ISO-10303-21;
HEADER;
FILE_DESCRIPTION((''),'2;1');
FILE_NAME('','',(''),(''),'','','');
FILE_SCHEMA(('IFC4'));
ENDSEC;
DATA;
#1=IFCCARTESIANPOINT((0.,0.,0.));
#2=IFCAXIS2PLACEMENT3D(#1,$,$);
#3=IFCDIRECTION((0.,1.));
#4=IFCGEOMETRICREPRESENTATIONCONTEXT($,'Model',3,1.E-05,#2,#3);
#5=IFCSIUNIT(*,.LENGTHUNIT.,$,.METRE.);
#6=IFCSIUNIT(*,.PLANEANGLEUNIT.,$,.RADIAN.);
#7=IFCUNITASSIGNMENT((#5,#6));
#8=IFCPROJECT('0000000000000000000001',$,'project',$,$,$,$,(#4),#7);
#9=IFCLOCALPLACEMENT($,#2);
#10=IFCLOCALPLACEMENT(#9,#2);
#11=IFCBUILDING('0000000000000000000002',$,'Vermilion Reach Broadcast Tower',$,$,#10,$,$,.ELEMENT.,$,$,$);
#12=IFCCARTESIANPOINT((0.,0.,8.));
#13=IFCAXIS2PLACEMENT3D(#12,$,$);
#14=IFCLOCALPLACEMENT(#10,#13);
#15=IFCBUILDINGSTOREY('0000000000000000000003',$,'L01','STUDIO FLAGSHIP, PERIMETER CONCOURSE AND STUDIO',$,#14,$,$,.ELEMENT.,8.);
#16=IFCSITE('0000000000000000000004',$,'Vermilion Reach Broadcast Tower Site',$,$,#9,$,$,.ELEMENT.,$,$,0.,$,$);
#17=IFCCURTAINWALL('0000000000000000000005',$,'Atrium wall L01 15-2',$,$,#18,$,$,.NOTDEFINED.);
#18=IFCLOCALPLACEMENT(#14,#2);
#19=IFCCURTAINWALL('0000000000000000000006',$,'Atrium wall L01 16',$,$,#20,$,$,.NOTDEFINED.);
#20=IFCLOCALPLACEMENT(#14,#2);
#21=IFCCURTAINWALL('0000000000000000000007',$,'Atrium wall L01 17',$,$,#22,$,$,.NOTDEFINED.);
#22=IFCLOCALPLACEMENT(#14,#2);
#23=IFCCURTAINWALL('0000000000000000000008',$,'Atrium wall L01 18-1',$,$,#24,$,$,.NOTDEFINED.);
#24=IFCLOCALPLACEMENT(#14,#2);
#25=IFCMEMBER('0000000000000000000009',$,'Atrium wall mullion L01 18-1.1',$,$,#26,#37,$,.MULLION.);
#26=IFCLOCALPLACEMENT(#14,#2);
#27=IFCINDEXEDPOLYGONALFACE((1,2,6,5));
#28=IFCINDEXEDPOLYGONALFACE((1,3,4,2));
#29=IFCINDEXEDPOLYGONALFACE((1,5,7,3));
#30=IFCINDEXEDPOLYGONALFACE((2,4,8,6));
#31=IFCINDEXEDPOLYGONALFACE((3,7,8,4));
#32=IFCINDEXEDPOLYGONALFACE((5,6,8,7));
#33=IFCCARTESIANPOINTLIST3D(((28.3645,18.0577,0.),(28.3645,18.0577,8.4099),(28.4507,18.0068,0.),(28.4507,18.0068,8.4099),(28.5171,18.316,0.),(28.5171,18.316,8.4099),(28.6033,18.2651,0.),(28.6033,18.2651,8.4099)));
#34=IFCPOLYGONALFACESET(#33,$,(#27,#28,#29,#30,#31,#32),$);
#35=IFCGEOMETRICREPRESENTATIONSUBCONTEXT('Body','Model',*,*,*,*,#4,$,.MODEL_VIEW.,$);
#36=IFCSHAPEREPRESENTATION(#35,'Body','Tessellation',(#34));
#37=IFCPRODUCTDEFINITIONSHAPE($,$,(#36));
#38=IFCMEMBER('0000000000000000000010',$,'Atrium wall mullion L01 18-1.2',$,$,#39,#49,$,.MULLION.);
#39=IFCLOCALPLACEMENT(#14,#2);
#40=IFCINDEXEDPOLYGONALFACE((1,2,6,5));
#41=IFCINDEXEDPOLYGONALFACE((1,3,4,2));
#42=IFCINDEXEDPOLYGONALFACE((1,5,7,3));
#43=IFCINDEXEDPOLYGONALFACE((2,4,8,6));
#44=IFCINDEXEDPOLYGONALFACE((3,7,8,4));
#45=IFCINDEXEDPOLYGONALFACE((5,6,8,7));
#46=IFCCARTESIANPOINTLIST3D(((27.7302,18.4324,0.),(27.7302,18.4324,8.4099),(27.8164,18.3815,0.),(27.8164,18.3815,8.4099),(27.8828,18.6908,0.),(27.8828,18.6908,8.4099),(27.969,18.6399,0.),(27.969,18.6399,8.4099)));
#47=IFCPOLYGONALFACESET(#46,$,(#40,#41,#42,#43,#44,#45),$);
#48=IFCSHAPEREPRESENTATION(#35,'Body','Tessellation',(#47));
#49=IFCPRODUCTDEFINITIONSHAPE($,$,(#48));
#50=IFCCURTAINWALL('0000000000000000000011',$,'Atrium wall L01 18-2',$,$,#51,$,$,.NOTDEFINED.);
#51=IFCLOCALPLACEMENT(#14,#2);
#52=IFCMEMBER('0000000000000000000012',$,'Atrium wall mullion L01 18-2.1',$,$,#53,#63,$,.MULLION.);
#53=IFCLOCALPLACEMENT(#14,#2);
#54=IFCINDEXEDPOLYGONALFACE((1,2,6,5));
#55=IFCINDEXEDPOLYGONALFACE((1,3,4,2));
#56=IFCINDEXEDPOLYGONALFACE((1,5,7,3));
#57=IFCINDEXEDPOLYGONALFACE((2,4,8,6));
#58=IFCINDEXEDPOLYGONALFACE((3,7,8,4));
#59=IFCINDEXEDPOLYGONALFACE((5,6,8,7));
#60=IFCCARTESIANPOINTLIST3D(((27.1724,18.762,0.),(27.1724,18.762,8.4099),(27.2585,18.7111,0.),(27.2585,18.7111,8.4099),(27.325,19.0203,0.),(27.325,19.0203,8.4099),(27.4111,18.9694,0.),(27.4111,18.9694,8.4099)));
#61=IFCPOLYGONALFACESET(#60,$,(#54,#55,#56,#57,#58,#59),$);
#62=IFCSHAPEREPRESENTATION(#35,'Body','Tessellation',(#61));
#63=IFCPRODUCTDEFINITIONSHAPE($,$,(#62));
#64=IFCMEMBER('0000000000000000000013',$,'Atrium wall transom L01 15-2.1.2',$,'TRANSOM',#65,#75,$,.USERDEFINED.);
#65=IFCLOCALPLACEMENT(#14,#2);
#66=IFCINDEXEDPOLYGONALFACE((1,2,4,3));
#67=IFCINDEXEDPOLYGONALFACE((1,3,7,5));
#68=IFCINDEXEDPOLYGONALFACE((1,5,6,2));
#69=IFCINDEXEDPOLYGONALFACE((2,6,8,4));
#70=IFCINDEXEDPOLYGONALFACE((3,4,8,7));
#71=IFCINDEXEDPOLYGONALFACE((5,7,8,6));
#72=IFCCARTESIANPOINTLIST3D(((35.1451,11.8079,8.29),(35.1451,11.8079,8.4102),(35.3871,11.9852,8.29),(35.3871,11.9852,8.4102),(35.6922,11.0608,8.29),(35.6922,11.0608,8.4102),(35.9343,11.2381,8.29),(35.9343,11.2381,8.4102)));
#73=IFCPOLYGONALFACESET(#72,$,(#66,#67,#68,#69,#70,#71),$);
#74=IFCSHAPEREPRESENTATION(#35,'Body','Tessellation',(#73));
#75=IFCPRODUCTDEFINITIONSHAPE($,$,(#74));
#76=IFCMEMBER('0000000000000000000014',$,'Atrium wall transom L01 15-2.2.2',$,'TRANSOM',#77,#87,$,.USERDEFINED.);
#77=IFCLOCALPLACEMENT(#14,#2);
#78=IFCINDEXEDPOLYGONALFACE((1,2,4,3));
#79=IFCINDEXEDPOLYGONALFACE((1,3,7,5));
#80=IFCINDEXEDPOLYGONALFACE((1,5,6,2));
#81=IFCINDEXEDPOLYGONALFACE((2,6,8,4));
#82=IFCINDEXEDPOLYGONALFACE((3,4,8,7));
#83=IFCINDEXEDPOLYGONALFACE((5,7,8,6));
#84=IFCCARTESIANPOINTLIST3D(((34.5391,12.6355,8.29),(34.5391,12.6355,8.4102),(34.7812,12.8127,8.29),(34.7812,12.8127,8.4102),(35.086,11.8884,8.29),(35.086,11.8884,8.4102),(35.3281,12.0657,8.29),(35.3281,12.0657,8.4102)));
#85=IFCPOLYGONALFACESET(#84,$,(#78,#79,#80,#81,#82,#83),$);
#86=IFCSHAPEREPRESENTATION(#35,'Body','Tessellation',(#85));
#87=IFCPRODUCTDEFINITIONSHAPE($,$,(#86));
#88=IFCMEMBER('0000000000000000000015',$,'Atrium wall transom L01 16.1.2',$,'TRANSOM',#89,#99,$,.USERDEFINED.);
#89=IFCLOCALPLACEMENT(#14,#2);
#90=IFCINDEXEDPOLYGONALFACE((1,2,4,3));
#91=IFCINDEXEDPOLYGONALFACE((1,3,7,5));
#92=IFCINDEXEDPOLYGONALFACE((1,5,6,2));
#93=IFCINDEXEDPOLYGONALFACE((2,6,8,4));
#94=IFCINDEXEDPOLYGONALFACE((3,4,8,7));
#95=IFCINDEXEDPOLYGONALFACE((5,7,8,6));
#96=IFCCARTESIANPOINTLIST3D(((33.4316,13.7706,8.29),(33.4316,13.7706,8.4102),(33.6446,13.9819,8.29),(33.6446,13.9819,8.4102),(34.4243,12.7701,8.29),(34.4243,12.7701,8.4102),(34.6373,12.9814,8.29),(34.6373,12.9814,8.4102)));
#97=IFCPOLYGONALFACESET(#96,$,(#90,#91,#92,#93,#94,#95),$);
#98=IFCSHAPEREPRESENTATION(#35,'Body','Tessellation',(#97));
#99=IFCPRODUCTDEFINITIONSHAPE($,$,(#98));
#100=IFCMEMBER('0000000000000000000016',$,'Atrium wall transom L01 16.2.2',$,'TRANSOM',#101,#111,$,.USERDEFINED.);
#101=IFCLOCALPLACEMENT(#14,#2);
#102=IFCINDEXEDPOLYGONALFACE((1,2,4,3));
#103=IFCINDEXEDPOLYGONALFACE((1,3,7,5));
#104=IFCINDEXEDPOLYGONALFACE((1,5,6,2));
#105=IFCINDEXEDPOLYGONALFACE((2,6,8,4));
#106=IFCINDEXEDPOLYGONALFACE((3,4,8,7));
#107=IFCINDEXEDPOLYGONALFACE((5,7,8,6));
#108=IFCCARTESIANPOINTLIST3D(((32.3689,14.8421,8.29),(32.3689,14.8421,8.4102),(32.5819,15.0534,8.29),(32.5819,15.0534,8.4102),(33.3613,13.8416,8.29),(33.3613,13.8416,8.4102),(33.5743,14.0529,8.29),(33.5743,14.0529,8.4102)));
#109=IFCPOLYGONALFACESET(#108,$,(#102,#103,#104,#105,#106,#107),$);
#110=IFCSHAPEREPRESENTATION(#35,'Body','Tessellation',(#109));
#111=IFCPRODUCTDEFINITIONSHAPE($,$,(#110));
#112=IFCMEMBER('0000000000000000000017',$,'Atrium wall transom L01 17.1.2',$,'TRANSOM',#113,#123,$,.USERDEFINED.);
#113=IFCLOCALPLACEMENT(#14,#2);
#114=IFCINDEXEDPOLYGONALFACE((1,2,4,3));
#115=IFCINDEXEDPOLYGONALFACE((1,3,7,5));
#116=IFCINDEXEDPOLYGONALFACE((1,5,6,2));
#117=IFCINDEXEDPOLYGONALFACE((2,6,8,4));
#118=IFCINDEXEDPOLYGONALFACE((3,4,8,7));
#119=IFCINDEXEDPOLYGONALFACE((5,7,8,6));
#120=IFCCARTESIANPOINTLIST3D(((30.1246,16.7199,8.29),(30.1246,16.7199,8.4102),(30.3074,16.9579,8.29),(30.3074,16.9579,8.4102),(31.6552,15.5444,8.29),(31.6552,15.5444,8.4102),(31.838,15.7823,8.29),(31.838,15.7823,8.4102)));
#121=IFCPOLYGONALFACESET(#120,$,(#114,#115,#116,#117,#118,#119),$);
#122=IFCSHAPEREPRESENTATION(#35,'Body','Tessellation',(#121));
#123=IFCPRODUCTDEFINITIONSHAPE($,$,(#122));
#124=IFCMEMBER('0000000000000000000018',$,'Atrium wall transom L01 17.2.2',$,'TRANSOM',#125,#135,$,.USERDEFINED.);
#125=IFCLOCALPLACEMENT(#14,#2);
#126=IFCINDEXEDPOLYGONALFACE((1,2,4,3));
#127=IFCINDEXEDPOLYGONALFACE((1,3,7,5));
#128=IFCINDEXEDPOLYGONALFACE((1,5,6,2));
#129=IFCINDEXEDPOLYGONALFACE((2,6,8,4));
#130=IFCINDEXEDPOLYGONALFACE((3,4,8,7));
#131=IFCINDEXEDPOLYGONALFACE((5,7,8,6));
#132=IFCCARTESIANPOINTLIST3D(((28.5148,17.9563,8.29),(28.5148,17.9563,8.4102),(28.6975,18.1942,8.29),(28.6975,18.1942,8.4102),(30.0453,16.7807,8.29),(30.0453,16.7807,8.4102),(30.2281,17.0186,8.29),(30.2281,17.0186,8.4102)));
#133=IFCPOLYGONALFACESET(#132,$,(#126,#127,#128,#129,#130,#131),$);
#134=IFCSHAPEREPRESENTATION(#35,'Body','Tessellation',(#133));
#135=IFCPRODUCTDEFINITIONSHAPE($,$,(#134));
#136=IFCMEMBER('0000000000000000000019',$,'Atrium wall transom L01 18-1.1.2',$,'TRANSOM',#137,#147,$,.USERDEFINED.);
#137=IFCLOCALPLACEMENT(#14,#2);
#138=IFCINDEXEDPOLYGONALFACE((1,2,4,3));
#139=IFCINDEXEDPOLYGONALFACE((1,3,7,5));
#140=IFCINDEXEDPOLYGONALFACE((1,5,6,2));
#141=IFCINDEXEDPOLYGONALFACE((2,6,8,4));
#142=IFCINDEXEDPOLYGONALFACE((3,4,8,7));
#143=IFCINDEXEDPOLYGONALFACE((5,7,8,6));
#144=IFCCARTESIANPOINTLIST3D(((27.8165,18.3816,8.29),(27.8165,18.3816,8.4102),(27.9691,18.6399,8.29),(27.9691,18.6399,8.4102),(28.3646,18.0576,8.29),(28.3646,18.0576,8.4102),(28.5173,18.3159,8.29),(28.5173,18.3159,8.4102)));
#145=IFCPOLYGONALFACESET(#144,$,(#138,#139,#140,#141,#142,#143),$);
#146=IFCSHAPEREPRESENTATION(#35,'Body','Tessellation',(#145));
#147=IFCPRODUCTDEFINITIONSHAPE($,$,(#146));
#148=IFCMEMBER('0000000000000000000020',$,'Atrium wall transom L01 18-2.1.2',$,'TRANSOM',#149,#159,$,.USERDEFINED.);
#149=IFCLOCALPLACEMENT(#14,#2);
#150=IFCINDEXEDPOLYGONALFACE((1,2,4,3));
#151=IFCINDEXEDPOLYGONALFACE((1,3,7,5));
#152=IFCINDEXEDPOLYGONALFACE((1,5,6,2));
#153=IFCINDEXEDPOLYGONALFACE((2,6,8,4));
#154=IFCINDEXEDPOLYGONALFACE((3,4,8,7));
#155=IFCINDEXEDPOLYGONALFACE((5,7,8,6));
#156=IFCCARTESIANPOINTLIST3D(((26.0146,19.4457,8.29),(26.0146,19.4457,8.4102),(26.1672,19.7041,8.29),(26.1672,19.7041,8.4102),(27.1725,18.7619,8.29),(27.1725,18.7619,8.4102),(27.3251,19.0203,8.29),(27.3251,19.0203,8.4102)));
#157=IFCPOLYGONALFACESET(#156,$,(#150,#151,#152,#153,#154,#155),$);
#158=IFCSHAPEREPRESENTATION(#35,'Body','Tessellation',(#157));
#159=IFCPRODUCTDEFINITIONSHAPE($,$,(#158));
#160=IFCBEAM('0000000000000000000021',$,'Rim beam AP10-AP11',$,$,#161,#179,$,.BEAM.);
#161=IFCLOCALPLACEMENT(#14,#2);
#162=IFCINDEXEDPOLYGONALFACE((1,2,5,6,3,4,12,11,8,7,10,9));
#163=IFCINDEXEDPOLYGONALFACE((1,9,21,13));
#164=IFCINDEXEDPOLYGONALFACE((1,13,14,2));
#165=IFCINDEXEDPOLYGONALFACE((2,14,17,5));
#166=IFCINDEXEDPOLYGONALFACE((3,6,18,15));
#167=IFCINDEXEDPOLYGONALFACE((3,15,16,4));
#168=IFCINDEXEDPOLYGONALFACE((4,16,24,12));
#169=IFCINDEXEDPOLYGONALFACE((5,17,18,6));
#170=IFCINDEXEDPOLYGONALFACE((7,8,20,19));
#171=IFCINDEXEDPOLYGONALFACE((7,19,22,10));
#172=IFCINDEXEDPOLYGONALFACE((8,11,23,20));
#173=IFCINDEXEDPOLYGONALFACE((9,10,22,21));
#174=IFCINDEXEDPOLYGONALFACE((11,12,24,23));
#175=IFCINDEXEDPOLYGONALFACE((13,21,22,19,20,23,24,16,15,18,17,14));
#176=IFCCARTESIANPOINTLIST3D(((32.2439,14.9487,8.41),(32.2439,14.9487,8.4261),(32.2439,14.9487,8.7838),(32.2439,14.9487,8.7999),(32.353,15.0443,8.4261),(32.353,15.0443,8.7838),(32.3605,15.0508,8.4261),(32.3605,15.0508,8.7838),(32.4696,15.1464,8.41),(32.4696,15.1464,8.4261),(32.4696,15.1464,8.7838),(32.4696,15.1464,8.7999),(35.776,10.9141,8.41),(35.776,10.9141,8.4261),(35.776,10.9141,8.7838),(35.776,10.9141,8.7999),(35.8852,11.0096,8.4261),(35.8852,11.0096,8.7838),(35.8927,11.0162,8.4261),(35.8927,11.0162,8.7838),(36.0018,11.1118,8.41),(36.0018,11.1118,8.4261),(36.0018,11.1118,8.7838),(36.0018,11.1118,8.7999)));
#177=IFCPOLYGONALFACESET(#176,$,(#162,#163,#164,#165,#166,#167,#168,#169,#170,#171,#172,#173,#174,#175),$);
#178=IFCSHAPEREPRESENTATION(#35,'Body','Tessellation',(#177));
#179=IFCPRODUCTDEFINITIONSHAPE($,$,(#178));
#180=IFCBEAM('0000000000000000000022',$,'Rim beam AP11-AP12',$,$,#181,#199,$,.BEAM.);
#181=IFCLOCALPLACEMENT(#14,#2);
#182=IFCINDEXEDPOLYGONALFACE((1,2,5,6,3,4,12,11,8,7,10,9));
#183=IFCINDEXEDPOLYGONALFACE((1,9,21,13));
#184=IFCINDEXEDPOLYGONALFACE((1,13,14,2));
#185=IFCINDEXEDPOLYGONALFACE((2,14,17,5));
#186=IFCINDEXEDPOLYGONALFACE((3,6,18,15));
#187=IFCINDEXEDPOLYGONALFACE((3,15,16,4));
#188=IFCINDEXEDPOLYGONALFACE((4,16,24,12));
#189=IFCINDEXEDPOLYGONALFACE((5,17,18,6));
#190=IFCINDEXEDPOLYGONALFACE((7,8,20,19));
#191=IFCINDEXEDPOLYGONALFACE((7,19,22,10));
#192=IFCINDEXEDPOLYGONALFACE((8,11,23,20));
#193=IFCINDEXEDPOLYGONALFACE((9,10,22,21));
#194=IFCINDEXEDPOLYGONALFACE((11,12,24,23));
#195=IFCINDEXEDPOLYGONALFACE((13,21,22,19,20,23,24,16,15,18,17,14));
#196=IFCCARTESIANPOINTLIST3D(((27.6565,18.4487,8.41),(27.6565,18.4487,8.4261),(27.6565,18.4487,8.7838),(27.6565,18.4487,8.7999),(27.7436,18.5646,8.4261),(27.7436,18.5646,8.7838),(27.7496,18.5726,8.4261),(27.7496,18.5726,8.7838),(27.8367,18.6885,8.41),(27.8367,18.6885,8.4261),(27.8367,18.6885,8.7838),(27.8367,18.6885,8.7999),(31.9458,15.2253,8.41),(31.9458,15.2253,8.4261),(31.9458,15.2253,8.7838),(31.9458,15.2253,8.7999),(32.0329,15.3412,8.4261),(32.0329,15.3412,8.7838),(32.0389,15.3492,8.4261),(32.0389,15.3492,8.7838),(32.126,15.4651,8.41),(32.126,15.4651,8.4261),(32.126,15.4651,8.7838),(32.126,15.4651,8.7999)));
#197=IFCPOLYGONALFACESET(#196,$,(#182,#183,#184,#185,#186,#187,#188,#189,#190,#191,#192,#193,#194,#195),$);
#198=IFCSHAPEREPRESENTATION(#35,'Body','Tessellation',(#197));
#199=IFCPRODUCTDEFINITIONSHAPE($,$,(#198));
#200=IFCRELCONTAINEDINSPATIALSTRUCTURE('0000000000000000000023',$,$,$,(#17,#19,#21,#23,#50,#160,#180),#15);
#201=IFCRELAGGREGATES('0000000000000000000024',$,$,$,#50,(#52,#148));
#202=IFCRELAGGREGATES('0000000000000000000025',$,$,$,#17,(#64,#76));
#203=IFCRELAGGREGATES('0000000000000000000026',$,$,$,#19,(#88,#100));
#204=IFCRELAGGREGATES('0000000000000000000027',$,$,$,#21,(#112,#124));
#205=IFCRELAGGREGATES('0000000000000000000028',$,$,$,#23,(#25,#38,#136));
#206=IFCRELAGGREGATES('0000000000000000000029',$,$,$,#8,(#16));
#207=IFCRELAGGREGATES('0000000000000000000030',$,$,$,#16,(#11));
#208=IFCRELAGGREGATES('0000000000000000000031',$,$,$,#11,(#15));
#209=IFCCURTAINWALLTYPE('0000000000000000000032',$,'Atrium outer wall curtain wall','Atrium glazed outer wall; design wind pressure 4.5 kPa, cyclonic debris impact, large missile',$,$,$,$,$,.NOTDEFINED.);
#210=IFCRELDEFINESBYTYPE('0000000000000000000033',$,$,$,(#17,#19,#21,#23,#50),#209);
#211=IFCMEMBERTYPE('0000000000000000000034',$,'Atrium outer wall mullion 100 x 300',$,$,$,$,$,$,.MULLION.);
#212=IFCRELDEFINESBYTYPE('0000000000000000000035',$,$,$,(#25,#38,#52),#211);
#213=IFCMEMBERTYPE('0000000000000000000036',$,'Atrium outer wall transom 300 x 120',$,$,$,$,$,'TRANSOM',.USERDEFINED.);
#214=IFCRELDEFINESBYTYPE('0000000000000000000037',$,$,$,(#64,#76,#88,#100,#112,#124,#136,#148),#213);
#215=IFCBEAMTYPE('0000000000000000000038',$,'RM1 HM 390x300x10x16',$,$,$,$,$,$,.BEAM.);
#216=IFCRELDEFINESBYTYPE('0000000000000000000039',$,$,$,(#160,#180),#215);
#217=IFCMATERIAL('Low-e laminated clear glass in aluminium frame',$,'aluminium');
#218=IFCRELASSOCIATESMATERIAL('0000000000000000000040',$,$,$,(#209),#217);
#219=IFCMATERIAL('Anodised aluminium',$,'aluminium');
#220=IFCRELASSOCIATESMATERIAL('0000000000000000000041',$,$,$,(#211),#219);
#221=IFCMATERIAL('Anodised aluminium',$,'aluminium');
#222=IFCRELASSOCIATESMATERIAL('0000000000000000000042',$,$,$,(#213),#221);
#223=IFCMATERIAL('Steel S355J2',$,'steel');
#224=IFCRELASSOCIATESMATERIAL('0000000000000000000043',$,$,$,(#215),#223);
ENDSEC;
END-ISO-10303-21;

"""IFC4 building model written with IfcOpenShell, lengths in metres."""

from ifc_helpers import new_model, si_unit, direction, frame, origin, origin_2d, place, context, subcontext, project, spatial, rectangle, i_section, extrude, material, material_profile, profile_set, type_object, element, aggregate, save


model = new_model("IFC4")

# Units and contexts
model_context = context("Model", 3, precision=1e-05, world=origin(), true_north=direction((0.0, 1.0)))
body_context = subcontext(model_context, "Body", "Model", "MODEL_VIEW")
ifc_project = project(units=[si_unit("LENGTHUNIT", "METRE"), si_unit("PLANEANGLEUNIT", "RADIAN")], contexts=[model_context])

# Site, building, storey
site_placement = place(None, origin())
site = spatial("IfcSite", under=ifc_project, at=site_placement, Name="Vermilion Reach Broadcast Tower Site", CompositionType="ELEMENT", RefElevation=0.0)
building_placement = place(site_placement, origin())
building = spatial("IfcBuilding", under=site, at=building_placement, Name="Vermilion Reach Broadcast Tower", CompositionType="ELEMENT")
storey_placement = place(building_placement, frame((0.0, 0.0, 8.0)))
storey = spatial("IfcBuildingStorey", under=building, at=storey_placement, Name="L01", Description="STUDIO FLAGSHIP, PERIMETER CONCOURSE AND STUDIO", CompositionType="ELEMENT", Elevation=8.0)

# Shared definitions
ifc_material_1 = material(Name="Low-e laminated clear glass in aluminium frame", Category="aluminium")
curtain_wall_type = type_object("IfcCurtainWallType", Name="Atrium outer wall curtain wall", Description="Atrium glazed outer wall; design wind pressure 4.5 kPa, cyclonic debris impact, large missile", PredefinedType="NOTDEFINED", material=ifc_material_1)
placement = place(storey_placement, origin())
ifc_material_2 = material(Name="Anodised aluminium", Category="aluminium")
ifc_material_profile_1 = material_profile(ifc_material_2, rectangle(XDim=0.3, YDim=0.1001, at=origin_2d()), Name="Atrium outer wall mullion 100 x 300")
ifc_profile_set_1 = profile_set([ifc_material_profile_1], Name="Anodised aluminium")
member_type_1 = type_object("IfcMemberType", Name="Atrium outer wall mullion 100 x 300", PredefinedType="MULLION", material=ifc_profile_set_1)

# Curtain walls, members
curtain_wall_1 = element("IfcCurtainWall", 1, at=placement, inside=storey, type_object=curtain_wall_type, Name="Atrium wall L01 15-2", PredefinedType="NOTDEFINED")
curtain_wall_2 = element("IfcCurtainWall", 2, at=placement, inside=storey, type_object=curtain_wall_type, Name="Atrium wall L01 16", PredefinedType="NOTDEFINED")
curtain_wall_3 = element("IfcCurtainWall", 3, at=placement, inside=storey, type_object=curtain_wall_type, Name="Atrium wall L01 17", PredefinedType="NOTDEFINED")
curtain_wall_4 = element("IfcCurtainWall", 4, at=placement, inside=storey, type_object=curtain_wall_type, Name="Atrium wall L01 18-1", PredefinedType="NOTDEFINED")
member_1_placement = place(storey_placement, frame((28.4839, 18.1614, 0.0), z_axis=(0.0, 0.0, 1.0), x_axis=(-0.50859, -0.861009, 0.0)))
member_1 = element("IfcMember", 5, at=member_1_placement, type_object=member_type_1, Name="Atrium wall mullion L01 18-1.1", PredefinedType="MULLION", context=body_context, shape_type="SweptSolid", body=[
    extrude(rectangle(XDim=0.3, YDim=0.1001, at=origin_2d()), origin(), (0.0, 0.0, 1.0), 8.4099),
])
member_2_placement = place(storey_placement, frame((27.8496, 18.5361, 0.0), z_axis=(0.0, 0.0, 1.0), x_axis=(-0.50859, -0.861009, 0.0)))
member_2 = element("IfcMember", 6, at=member_2_placement, type_object=member_type_1, Name="Atrium wall mullion L01 18-1.2", PredefinedType="MULLION", context=body_context, shape_type="SweptSolid", body=[
    extrude(rectangle(XDim=0.3, YDim=0.1001, at=origin_2d()), origin(), (0.0, 0.0, 1.0), 8.4099),
])

# Curtain wall, member
curtain_wall_5 = element("IfcCurtainWall", 7, at=placement, inside=storey, type_object=curtain_wall_type, Name="Atrium wall L01 18-2", PredefinedType="NOTDEFINED")
member_3_placement = place(storey_placement, frame((27.2917, 18.8657, 0.0), z_axis=(0.0, 0.0, 1.0), x_axis=(-0.50859, -0.861009, 0.0)))
member_3 = element("IfcMember", 8, at=member_3_placement, type_object=member_type_1, Name="Atrium wall mullion L01 18-2.1", PredefinedType="MULLION", context=body_context, shape_type="SweptSolid", body=[
    extrude(rectangle(XDim=0.3, YDim=0.1001, at=origin_2d()), origin(), (0.0, 0.0, 1.0), 8.4099),
])

# Members
ifc_material_3 = material(Name="Anodised aluminium", Category="aluminium")
ifc_material_profile_2 = material_profile(ifc_material_3, rectangle(XDim=0.3, YDim=0.1201, at=origin_2d()), Name="Atrium outer wall transom 300 x 120")
ifc_profile_set_2 = profile_set([ifc_material_profile_2], Name="Anodised aluminium")
member_type_2 = type_object("IfcMemberType", Name="Atrium outer wall transom 300 x 120", ElementType="TRANSOM", PredefinedType="USERDEFINED", material=ifc_profile_set_2)
member_4_placement = place(storey_placement, frame((35.8132, 11.1494, 8.3501), z_axis=(-0.590849, 0.806782, 0.0), x_axis=(-0.806782, -0.590849, 0.0)))
member_4 = element("IfcMember", 9, at=member_4_placement, type_object=member_type_2, Name="Atrium wall transom L01 15-2.1.2", ObjectType="TRANSOM", PredefinedType="USERDEFINED", context=body_context, shape_type="SweptSolid", body=[
    extrude(rectangle(XDim=0.3, YDim=0.1201, at=origin_2d()), origin(), (0.0, 0.0, 1.0), 0.926),
])
member_5_placement = place(storey_placement, frame((35.207, 11.9771, 8.3501), z_axis=(-0.590678, 0.806908, 0.0), x_axis=(-0.806908, -0.590678, 0.0)))
member_5 = element("IfcMember", 10, at=member_5_placement, type_object=member_type_2, Name="Atrium wall transom L01 15-2.2.2", ObjectType="TRANSOM", PredefinedType="USERDEFINED", context=body_context, shape_type="SweptSolid", body=[
    extrude(rectangle(XDim=0.3, YDim=0.1201, at=origin_2d()), origin(), (0.0, 0.0, 1.0), 0.9258),
])
member_6_placement = place(storey_placement, frame((34.5308, 12.8757, 8.3501), z_axis=(-0.70433, 0.709873, 0.0), x_axis=(-0.709873, -0.70433, 0.0)))
member_6 = element("IfcMember", 11, at=member_6_placement, type_object=member_type_2, Name="Atrium wall transom L01 16.1.2", ObjectType="TRANSOM", PredefinedType="USERDEFINED", context=body_context, shape_type="SweptSolid", body=[
    extrude(rectangle(XDim=0.3, YDim=0.1201, at=origin_2d()), origin(), (0.0, 0.0, 1.0), 1.4094),
])
member_7_placement = place(storey_placement, frame((33.4678, 13.9473, 8.3501), z_axis=(-0.704242, 0.70996, 0.0), x_axis=(-0.70996, -0.704242, 0.0)))
member_7 = element("IfcMember", 12, at=member_7_placement, type_object=member_type_2, Name="Atrium wall transom L01 16.2.2", ObjectType="TRANSOM", PredefinedType="USERDEFINED", context=body_context, shape_type="SweptSolid", body=[
    extrude(rectangle(XDim=0.3, YDim=0.1201, at=origin_2d()), origin(), (0.0, 0.0, 1.0), 1.4092),
])
member_8_placement = place(storey_placement, frame((31.7466, 15.6633, 8.3501), z_axis=(-0.793071, 0.60913, 0.0), x_axis=(-0.60913, -0.793071, 0.0)))
member_8 = element("IfcMember", 13, at=member_8_placement, type_object=member_type_2, Name="Atrium wall transom L01 17.1.2", ObjectType="TRANSOM", PredefinedType="USERDEFINED", context=body_context, shape_type="SweptSolid", body=[
    extrude(rectangle(XDim=0.3, YDim=0.1201, at=origin_2d()), origin(), (0.0, 0.0, 1.0), 1.9299),
])
member_9_placement = place(storey_placement, frame((30.1367, 16.8997, 8.3501), z_axis=(-0.793071, 0.60913, 0.0), x_axis=(-0.60913, -0.793071, 0.0)))
member_9 = element("IfcMember", 14, at=member_9_placement, type_object=member_type_2, Name="Atrium wall transom L01 17.2.2", ObjectType="TRANSOM", PredefinedType="USERDEFINED", context=body_context, shape_type="SweptSolid", body=[
    extrude(rectangle(XDim=0.3, YDim=0.1201, at=origin_2d()), origin(), (0.0, 0.0, 1.0), 1.9299),
])
member_10_placement = place(storey_placement, frame((28.4409, 18.1868, 8.3501), z_axis=(-0.860858, 0.508846, 0.0), x_axis=(-0.508846, -0.860858, 0.0)))
member_10 = element("IfcMember", 15, at=member_10_placement, type_object=member_type_2, Name="Atrium wall transom L01 18-1.1.2", ObjectType="TRANSOM", PredefinedType="USERDEFINED", context=body_context, shape_type="SweptSolid", body=[
    extrude(rectangle(XDim=0.3, YDim=0.1201, at=origin_2d()), origin(), (0.0, 0.0, 1.0), 0.6367),
])
member_11_placement = place(storey_placement, frame((27.2488, 18.8911, 8.3501), z_axis=(-0.86106, 0.508503, 0.0), x_axis=(-0.508503, -0.86106, 0.0)))
member_11 = element("IfcMember", 16, at=member_11_placement, type_object=member_type_2, Name="Atrium wall transom L01 18-2.1.2", ObjectType="TRANSOM", PredefinedType="USERDEFINED", context=body_context, shape_type="SweptSolid", body=[
    extrude(rectangle(XDim=0.3, YDim=0.1201, at=origin_2d()), origin(), (0.0, 0.0, 1.0), 1.3447),
])
aggregate(curtain_wall_5, [member_3, member_11])

# Beams
ifc_material_4 = material(Name="Steel S355J2", Category="steel")
ifc_material_profile_3 = material_profile(ifc_material_4, i_section(OverallWidth=0.3, OverallDepth=0.3899, WebThickness=0.01, FlangeThickness=0.0161, at=origin_2d()), Name="S355J2 HM 390x300x10x16")
ifc_profile_set_3 = profile_set([ifc_material_profile_3], Name="Steel S355J2")
beam_type = type_object("IfcBeamType", Name="RM1 HM 390x300x10x16", PredefinedType="BEAM", material=ifc_profile_set_3)
beam_1_placement = place(storey_placement, frame((35.8889, 11.0129, 8.605), z_axis=(-0.658704, 0.752402, 0.0), x_axis=(-0.752402, -0.658704, 0.0)))
element("IfcBeam", 17, at=beam_1_placement, inside=storey, type_object=beam_type, Name="Rim beam AP10-AP11", PredefinedType="BEAM", context=body_context, shape_type="SweptSolid", body=[
    extrude(i_section(OverallWidth=0.3, OverallDepth=0.3899, WebThickness=0.01, FlangeThickness=0.0161, at=origin_2d()), origin(), (0.0, 0.0, 1.0), 5.3623),
])
beam_2_placement = place(storey_placement, frame((32.0359, 15.3452, 8.605), z_axis=(-0.799426, 0.600764, 0.0), x_axis=(-0.600764, -0.799426, 0.0)))
element("IfcBeam", 18, at=beam_2_placement, inside=storey, type_object=beam_type, Name="Rim beam AP11-AP12", PredefinedType="BEAM", context=body_context, shape_type="SweptSolid", body=[
    extrude(i_section(OverallWidth=0.3, OverallDepth=0.3899, WebThickness=0.01, FlangeThickness=0.0161, at=origin_2d()), origin(), (0.0, 0.0, 1.0), 5.3655),
])

aggregate(curtain_wall_1, [member_4, member_5])
aggregate(curtain_wall_2, [member_6, member_7])
aggregate(curtain_wall_3, [member_8, member_9])
aggregate(curtain_wall_4, [member_1, member_2, member_10])

save(model, "model.ifc")
